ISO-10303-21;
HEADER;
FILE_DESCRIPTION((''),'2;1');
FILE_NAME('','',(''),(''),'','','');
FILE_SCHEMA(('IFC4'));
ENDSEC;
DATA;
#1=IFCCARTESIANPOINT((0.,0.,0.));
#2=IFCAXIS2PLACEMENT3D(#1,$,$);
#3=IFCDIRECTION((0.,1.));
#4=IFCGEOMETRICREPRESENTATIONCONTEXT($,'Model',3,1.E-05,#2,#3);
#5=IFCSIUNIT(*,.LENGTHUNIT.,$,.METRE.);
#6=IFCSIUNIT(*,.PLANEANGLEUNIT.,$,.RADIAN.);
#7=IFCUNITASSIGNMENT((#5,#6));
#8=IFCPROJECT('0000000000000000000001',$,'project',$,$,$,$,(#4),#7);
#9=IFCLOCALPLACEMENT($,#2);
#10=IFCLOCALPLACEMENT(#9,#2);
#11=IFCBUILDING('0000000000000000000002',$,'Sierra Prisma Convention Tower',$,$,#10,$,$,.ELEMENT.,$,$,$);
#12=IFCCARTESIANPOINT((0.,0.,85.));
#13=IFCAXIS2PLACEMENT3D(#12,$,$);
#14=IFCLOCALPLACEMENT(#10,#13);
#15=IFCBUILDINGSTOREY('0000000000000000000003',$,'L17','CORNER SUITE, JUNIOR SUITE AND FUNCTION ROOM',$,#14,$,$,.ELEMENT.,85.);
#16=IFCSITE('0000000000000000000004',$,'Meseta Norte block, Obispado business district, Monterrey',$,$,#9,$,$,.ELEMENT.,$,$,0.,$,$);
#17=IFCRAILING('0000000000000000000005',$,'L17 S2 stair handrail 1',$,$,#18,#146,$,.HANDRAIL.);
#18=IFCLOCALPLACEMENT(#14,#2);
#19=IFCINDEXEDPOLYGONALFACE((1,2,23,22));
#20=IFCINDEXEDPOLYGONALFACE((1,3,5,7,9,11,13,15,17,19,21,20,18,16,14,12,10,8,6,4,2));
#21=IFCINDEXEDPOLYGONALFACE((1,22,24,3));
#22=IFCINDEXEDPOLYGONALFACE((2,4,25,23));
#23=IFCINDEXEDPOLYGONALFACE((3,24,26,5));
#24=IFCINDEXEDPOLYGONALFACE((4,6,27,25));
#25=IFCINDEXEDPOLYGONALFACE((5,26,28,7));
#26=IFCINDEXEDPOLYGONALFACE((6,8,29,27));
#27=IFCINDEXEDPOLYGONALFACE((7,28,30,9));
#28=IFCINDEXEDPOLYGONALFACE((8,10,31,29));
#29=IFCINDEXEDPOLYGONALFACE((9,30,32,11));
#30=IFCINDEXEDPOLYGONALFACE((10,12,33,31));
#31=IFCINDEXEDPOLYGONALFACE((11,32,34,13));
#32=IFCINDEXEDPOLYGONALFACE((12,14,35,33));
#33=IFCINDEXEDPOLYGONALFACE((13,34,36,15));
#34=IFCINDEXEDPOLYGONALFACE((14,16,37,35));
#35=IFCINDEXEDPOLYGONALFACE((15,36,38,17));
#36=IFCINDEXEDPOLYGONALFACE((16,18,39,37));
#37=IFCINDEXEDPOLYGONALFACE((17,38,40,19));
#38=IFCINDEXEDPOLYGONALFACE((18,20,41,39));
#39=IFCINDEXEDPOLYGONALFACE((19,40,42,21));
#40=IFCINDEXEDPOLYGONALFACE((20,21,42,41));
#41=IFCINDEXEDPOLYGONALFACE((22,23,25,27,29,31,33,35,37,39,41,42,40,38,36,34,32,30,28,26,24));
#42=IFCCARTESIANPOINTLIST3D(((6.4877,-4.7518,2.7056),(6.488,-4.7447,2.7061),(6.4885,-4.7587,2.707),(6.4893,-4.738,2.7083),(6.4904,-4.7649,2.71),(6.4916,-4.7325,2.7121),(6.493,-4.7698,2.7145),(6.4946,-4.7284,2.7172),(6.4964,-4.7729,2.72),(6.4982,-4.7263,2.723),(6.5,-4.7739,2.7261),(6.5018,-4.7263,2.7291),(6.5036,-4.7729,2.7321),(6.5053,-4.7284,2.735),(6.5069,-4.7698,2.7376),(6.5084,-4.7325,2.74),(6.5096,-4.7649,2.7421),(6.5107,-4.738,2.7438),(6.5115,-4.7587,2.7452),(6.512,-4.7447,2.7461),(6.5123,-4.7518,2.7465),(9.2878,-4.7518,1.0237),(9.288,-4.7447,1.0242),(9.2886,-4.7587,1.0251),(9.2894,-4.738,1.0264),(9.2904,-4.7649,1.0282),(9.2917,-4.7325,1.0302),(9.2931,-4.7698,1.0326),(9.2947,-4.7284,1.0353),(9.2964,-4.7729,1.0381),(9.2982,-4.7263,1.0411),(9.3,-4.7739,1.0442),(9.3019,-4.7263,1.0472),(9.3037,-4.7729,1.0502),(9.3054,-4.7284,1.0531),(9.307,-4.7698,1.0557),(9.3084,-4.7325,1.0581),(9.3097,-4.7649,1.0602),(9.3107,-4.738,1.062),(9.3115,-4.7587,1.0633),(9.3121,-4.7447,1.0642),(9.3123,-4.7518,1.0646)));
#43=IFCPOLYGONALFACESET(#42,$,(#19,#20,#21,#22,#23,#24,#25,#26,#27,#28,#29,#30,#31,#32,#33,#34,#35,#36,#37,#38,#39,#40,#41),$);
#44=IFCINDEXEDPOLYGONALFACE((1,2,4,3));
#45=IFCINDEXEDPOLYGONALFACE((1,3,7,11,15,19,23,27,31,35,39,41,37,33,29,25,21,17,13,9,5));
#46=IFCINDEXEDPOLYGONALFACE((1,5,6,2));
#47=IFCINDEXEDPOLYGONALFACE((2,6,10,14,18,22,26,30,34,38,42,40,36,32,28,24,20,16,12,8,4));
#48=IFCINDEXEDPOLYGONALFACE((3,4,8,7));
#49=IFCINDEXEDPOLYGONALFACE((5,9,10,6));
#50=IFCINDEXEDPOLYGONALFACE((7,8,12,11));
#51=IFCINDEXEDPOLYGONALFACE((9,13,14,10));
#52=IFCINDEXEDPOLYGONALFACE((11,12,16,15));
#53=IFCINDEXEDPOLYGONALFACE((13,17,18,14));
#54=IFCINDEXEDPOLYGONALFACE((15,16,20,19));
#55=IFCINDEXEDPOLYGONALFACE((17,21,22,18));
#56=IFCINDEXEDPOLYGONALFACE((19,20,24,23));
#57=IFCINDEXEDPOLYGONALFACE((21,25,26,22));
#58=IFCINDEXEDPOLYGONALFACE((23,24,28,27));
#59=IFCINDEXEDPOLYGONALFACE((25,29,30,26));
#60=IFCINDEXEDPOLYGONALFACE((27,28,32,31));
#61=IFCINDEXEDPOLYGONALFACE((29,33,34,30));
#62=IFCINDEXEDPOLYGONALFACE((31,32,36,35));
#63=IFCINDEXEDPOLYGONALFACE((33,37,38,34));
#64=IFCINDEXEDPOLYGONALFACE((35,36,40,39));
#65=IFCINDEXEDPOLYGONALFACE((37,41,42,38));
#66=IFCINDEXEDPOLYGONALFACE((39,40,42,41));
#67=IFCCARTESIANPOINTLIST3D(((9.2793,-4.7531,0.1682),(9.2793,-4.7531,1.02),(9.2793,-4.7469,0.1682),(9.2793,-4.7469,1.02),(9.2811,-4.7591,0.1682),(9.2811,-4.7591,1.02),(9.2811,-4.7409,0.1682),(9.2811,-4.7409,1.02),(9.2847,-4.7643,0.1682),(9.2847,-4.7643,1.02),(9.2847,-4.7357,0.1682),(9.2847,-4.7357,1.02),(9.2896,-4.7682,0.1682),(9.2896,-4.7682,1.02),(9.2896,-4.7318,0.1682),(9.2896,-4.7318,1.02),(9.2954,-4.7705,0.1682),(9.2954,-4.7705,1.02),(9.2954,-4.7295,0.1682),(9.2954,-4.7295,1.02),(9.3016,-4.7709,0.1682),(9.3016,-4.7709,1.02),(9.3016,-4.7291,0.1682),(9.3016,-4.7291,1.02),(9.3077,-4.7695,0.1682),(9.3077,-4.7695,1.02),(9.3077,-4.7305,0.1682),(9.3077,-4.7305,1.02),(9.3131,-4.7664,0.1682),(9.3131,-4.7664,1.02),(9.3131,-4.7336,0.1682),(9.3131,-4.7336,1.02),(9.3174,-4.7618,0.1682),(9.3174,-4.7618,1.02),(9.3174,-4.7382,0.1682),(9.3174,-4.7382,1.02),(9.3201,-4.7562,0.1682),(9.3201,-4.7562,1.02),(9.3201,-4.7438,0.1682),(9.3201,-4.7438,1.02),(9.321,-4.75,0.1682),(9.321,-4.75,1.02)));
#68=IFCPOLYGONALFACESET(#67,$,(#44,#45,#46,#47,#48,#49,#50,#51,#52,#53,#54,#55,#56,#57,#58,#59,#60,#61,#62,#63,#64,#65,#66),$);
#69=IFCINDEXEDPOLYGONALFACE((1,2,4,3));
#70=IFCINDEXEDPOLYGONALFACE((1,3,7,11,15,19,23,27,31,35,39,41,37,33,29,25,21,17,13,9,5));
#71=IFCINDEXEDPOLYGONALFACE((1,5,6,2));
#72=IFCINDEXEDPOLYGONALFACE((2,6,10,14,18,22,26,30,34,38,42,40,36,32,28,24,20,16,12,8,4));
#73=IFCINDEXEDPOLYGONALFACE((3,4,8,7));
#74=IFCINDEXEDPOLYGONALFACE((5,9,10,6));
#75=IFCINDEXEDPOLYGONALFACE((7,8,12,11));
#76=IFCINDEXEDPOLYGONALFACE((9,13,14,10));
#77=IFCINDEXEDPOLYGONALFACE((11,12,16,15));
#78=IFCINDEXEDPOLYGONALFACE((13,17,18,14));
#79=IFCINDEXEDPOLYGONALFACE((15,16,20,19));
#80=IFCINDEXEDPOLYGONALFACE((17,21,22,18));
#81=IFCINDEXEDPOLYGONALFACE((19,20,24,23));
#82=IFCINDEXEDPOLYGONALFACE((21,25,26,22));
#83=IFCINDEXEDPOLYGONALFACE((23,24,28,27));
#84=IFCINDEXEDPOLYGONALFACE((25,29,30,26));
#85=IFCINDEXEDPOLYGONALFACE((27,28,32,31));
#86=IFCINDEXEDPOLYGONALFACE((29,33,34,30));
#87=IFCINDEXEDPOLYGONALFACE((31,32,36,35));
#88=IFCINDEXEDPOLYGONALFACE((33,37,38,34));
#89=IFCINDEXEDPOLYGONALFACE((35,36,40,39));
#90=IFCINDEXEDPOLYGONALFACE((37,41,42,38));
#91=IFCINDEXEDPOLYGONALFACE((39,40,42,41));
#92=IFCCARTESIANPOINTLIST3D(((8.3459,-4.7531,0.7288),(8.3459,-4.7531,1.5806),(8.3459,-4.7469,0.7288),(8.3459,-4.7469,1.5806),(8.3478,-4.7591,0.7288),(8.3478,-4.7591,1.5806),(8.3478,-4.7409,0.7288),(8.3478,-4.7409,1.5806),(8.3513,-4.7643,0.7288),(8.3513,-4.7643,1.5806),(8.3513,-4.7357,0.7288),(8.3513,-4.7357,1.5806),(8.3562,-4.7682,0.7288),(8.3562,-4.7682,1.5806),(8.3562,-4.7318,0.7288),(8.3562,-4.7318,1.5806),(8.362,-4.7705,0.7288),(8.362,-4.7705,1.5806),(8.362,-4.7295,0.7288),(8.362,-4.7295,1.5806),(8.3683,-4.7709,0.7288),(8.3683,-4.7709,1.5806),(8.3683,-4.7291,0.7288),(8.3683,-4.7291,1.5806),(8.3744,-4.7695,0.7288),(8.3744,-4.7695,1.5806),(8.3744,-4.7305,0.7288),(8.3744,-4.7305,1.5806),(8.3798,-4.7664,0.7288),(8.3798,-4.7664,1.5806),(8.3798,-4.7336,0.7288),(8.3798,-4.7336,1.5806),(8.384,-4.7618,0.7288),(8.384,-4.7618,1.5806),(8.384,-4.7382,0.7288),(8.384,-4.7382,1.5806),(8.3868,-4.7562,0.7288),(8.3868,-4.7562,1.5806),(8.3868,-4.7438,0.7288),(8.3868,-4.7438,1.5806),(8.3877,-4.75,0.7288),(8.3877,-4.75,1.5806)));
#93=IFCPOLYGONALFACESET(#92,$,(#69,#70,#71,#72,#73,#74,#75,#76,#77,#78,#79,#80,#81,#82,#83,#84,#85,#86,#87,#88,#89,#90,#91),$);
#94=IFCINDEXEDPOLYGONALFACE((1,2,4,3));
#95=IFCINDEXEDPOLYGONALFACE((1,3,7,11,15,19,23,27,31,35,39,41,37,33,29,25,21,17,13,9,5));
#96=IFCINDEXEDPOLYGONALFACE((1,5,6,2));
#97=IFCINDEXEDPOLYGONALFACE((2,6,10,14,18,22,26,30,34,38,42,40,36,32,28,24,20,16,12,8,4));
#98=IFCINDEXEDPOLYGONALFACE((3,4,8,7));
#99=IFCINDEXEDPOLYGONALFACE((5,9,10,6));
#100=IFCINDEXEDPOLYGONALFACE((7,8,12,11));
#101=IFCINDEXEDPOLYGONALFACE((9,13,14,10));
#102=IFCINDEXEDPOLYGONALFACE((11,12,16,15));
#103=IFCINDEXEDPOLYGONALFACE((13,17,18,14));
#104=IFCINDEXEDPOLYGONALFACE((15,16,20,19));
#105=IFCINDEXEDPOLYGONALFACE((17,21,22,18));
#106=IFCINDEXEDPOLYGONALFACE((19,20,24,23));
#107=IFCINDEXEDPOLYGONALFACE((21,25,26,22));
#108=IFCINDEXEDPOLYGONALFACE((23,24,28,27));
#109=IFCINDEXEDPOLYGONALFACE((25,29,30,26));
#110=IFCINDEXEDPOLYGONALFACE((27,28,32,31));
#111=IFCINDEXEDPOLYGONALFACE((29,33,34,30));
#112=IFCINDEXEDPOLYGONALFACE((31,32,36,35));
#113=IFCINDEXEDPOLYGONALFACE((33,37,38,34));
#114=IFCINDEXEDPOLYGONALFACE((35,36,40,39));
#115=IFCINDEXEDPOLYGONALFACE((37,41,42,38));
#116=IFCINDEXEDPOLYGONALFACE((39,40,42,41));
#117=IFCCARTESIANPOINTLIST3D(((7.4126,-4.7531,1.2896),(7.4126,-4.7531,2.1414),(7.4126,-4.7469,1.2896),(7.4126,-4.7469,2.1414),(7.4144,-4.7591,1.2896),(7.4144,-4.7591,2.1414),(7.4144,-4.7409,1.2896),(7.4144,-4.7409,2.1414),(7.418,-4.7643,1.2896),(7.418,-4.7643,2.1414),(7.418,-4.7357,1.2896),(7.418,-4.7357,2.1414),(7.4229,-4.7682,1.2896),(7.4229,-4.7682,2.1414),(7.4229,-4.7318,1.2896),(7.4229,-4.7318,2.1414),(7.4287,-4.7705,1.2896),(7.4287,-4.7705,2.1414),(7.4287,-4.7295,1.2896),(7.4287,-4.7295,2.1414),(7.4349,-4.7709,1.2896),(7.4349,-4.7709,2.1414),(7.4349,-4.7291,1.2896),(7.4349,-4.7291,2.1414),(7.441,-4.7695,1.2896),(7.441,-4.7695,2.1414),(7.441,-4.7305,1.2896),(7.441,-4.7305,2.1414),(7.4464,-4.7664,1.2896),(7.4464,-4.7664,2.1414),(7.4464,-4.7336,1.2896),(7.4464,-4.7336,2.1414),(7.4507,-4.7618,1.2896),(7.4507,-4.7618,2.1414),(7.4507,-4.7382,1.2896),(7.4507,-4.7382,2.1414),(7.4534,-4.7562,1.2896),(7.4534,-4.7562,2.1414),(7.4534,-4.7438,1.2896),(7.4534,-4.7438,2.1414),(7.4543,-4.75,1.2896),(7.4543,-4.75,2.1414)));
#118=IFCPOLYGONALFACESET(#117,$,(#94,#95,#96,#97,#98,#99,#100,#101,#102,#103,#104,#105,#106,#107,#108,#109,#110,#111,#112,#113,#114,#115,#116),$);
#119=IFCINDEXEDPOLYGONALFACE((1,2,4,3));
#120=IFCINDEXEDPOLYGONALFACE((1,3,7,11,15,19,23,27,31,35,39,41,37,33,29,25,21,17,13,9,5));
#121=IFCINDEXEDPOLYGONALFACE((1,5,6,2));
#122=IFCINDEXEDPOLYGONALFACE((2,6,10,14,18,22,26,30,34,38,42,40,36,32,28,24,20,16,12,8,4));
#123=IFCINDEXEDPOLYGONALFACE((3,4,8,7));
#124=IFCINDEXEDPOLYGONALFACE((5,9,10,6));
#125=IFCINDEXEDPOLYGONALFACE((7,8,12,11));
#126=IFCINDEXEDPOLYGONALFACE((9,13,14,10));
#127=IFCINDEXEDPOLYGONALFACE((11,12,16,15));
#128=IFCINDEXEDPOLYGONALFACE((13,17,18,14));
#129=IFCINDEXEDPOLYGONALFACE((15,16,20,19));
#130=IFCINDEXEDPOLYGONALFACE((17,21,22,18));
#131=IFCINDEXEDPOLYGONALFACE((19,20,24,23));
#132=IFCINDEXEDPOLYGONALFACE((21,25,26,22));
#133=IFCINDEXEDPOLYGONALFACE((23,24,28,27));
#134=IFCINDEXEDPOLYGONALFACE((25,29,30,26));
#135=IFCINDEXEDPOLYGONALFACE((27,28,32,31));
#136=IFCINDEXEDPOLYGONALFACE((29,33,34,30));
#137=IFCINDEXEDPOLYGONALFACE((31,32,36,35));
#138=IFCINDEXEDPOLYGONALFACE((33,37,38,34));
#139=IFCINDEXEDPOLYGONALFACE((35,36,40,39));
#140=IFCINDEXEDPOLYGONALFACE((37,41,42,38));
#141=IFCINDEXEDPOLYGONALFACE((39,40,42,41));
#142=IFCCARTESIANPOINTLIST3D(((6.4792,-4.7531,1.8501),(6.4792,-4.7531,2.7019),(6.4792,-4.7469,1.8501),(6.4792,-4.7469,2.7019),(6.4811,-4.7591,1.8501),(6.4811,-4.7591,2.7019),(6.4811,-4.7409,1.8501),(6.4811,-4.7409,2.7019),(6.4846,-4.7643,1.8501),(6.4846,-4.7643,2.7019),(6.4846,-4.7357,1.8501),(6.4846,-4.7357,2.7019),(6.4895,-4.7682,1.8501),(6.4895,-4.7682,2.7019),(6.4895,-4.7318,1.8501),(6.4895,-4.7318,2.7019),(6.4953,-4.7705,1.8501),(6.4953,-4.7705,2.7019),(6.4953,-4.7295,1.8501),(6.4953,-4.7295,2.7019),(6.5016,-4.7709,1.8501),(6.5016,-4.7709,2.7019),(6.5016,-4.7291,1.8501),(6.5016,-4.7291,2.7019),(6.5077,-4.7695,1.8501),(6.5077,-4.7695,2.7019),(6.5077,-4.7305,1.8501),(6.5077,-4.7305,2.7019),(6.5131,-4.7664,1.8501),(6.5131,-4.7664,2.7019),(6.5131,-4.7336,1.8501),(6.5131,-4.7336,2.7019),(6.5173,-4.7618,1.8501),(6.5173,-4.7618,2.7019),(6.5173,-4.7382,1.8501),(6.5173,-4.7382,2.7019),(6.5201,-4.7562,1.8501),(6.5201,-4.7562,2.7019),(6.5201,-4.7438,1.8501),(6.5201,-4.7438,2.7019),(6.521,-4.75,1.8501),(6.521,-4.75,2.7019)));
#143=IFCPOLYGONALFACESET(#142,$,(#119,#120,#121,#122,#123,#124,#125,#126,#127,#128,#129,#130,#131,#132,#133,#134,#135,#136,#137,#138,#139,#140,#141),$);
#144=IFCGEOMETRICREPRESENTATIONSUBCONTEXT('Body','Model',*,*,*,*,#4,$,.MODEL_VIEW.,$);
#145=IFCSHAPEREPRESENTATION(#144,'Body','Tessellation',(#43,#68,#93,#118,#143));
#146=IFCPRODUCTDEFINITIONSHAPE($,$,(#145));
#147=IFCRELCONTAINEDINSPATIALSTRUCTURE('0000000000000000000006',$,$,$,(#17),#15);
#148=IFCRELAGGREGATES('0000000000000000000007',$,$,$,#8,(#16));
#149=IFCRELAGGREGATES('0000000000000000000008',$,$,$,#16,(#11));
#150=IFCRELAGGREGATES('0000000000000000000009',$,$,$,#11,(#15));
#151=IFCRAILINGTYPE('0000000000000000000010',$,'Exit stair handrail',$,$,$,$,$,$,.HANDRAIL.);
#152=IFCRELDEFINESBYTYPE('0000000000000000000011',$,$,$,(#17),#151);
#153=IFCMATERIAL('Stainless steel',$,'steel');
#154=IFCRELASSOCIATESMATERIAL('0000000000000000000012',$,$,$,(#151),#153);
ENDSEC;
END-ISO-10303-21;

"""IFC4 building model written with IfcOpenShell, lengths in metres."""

from ifc_helpers import new_model, si_unit, direction, frame, origin, origin_2d, place, context, subcontext, project, spatial, circle, extrude, material, type_object, element, save


model = new_model("IFC4")

# Units and contexts
model_context = context("Model", 3, precision=1e-05, world=origin(), true_north=direction((0.0, 1.0)))
body_context = subcontext(model_context, "Body", "Model", "MODEL_VIEW")
ifc_project = project(units=[si_unit("LENGTHUNIT", "METRE"), si_unit("PLANEANGLEUNIT", "RADIAN")], contexts=[model_context])

# Site, building, storey
site_placement = place(None, origin())
site = spatial("IfcSite", under=ifc_project, at=site_placement, Name="Meseta Norte block, Obispado business district, Monterrey", CompositionType="ELEMENT", RefElevation=0.0)
building_placement = place(site_placement, origin())
building = spatial("IfcBuilding", under=site, at=building_placement, Name="Sierra Prisma Convention Tower", CompositionType="ELEMENT")
storey_placement = place(building_placement, frame((0.0, 0.0, 85.0)))
storey = spatial("IfcBuildingStorey", under=building, at=storey_placement, Name="L17", Description="CORNER SUITE, JUNIOR SUITE AND FUNCTION ROOM", CompositionType="ELEMENT", Elevation=85.0)

# Railing
ifc_material_1 = material(Name="Stainless steel", Category="steel")
railing_type_1 = type_object("IfcRailingType", Name="Exit stair handrail", PredefinedType="HANDRAIL", material=ifc_material_1)
railing_1_placement = place(storey_placement, frame((9.3, -4.75, 0.1682)))
element("IfcRailing", 1, at=railing_1_placement, inside=storey, type_object=railing_type_1, Name="L17 S2 stair handrail 1", PredefinedType="HANDRAIL", context=body_context, shape_type="SweptSolid", body=[
    extrude(circle(Radius=0.0239, at=origin_2d()), frame((0.0, 0.0, 0.876), z_axis=(-0.857242, 0.0, 0.514913), x_axis=(0.0, -1.0, 0.0)), (0.0, 0.0, 1.0), 3.2664),
    extrude(circle(Radius=0.021, at=origin_2d()), origin(), (0.0, 0.0, 1.0), 0.8518),
    extrude(circle(Radius=0.021, at=origin_2d()), frame((-0.9333, 0.0, 0.5605)), (0.0, 0.0, 1.0), 0.8518),
    extrude(circle(Radius=0.021, at=origin_2d()), frame((-1.8667, 0.0, 1.1213)), (0.0, 0.0, 1.0), 0.8518),
    extrude(circle(Radius=0.021, at=origin_2d()), frame((-2.8, 0.0, 1.6819)), (0.0, 0.0, 1.0), 0.8518),
])

save(model, "model.ifc")
